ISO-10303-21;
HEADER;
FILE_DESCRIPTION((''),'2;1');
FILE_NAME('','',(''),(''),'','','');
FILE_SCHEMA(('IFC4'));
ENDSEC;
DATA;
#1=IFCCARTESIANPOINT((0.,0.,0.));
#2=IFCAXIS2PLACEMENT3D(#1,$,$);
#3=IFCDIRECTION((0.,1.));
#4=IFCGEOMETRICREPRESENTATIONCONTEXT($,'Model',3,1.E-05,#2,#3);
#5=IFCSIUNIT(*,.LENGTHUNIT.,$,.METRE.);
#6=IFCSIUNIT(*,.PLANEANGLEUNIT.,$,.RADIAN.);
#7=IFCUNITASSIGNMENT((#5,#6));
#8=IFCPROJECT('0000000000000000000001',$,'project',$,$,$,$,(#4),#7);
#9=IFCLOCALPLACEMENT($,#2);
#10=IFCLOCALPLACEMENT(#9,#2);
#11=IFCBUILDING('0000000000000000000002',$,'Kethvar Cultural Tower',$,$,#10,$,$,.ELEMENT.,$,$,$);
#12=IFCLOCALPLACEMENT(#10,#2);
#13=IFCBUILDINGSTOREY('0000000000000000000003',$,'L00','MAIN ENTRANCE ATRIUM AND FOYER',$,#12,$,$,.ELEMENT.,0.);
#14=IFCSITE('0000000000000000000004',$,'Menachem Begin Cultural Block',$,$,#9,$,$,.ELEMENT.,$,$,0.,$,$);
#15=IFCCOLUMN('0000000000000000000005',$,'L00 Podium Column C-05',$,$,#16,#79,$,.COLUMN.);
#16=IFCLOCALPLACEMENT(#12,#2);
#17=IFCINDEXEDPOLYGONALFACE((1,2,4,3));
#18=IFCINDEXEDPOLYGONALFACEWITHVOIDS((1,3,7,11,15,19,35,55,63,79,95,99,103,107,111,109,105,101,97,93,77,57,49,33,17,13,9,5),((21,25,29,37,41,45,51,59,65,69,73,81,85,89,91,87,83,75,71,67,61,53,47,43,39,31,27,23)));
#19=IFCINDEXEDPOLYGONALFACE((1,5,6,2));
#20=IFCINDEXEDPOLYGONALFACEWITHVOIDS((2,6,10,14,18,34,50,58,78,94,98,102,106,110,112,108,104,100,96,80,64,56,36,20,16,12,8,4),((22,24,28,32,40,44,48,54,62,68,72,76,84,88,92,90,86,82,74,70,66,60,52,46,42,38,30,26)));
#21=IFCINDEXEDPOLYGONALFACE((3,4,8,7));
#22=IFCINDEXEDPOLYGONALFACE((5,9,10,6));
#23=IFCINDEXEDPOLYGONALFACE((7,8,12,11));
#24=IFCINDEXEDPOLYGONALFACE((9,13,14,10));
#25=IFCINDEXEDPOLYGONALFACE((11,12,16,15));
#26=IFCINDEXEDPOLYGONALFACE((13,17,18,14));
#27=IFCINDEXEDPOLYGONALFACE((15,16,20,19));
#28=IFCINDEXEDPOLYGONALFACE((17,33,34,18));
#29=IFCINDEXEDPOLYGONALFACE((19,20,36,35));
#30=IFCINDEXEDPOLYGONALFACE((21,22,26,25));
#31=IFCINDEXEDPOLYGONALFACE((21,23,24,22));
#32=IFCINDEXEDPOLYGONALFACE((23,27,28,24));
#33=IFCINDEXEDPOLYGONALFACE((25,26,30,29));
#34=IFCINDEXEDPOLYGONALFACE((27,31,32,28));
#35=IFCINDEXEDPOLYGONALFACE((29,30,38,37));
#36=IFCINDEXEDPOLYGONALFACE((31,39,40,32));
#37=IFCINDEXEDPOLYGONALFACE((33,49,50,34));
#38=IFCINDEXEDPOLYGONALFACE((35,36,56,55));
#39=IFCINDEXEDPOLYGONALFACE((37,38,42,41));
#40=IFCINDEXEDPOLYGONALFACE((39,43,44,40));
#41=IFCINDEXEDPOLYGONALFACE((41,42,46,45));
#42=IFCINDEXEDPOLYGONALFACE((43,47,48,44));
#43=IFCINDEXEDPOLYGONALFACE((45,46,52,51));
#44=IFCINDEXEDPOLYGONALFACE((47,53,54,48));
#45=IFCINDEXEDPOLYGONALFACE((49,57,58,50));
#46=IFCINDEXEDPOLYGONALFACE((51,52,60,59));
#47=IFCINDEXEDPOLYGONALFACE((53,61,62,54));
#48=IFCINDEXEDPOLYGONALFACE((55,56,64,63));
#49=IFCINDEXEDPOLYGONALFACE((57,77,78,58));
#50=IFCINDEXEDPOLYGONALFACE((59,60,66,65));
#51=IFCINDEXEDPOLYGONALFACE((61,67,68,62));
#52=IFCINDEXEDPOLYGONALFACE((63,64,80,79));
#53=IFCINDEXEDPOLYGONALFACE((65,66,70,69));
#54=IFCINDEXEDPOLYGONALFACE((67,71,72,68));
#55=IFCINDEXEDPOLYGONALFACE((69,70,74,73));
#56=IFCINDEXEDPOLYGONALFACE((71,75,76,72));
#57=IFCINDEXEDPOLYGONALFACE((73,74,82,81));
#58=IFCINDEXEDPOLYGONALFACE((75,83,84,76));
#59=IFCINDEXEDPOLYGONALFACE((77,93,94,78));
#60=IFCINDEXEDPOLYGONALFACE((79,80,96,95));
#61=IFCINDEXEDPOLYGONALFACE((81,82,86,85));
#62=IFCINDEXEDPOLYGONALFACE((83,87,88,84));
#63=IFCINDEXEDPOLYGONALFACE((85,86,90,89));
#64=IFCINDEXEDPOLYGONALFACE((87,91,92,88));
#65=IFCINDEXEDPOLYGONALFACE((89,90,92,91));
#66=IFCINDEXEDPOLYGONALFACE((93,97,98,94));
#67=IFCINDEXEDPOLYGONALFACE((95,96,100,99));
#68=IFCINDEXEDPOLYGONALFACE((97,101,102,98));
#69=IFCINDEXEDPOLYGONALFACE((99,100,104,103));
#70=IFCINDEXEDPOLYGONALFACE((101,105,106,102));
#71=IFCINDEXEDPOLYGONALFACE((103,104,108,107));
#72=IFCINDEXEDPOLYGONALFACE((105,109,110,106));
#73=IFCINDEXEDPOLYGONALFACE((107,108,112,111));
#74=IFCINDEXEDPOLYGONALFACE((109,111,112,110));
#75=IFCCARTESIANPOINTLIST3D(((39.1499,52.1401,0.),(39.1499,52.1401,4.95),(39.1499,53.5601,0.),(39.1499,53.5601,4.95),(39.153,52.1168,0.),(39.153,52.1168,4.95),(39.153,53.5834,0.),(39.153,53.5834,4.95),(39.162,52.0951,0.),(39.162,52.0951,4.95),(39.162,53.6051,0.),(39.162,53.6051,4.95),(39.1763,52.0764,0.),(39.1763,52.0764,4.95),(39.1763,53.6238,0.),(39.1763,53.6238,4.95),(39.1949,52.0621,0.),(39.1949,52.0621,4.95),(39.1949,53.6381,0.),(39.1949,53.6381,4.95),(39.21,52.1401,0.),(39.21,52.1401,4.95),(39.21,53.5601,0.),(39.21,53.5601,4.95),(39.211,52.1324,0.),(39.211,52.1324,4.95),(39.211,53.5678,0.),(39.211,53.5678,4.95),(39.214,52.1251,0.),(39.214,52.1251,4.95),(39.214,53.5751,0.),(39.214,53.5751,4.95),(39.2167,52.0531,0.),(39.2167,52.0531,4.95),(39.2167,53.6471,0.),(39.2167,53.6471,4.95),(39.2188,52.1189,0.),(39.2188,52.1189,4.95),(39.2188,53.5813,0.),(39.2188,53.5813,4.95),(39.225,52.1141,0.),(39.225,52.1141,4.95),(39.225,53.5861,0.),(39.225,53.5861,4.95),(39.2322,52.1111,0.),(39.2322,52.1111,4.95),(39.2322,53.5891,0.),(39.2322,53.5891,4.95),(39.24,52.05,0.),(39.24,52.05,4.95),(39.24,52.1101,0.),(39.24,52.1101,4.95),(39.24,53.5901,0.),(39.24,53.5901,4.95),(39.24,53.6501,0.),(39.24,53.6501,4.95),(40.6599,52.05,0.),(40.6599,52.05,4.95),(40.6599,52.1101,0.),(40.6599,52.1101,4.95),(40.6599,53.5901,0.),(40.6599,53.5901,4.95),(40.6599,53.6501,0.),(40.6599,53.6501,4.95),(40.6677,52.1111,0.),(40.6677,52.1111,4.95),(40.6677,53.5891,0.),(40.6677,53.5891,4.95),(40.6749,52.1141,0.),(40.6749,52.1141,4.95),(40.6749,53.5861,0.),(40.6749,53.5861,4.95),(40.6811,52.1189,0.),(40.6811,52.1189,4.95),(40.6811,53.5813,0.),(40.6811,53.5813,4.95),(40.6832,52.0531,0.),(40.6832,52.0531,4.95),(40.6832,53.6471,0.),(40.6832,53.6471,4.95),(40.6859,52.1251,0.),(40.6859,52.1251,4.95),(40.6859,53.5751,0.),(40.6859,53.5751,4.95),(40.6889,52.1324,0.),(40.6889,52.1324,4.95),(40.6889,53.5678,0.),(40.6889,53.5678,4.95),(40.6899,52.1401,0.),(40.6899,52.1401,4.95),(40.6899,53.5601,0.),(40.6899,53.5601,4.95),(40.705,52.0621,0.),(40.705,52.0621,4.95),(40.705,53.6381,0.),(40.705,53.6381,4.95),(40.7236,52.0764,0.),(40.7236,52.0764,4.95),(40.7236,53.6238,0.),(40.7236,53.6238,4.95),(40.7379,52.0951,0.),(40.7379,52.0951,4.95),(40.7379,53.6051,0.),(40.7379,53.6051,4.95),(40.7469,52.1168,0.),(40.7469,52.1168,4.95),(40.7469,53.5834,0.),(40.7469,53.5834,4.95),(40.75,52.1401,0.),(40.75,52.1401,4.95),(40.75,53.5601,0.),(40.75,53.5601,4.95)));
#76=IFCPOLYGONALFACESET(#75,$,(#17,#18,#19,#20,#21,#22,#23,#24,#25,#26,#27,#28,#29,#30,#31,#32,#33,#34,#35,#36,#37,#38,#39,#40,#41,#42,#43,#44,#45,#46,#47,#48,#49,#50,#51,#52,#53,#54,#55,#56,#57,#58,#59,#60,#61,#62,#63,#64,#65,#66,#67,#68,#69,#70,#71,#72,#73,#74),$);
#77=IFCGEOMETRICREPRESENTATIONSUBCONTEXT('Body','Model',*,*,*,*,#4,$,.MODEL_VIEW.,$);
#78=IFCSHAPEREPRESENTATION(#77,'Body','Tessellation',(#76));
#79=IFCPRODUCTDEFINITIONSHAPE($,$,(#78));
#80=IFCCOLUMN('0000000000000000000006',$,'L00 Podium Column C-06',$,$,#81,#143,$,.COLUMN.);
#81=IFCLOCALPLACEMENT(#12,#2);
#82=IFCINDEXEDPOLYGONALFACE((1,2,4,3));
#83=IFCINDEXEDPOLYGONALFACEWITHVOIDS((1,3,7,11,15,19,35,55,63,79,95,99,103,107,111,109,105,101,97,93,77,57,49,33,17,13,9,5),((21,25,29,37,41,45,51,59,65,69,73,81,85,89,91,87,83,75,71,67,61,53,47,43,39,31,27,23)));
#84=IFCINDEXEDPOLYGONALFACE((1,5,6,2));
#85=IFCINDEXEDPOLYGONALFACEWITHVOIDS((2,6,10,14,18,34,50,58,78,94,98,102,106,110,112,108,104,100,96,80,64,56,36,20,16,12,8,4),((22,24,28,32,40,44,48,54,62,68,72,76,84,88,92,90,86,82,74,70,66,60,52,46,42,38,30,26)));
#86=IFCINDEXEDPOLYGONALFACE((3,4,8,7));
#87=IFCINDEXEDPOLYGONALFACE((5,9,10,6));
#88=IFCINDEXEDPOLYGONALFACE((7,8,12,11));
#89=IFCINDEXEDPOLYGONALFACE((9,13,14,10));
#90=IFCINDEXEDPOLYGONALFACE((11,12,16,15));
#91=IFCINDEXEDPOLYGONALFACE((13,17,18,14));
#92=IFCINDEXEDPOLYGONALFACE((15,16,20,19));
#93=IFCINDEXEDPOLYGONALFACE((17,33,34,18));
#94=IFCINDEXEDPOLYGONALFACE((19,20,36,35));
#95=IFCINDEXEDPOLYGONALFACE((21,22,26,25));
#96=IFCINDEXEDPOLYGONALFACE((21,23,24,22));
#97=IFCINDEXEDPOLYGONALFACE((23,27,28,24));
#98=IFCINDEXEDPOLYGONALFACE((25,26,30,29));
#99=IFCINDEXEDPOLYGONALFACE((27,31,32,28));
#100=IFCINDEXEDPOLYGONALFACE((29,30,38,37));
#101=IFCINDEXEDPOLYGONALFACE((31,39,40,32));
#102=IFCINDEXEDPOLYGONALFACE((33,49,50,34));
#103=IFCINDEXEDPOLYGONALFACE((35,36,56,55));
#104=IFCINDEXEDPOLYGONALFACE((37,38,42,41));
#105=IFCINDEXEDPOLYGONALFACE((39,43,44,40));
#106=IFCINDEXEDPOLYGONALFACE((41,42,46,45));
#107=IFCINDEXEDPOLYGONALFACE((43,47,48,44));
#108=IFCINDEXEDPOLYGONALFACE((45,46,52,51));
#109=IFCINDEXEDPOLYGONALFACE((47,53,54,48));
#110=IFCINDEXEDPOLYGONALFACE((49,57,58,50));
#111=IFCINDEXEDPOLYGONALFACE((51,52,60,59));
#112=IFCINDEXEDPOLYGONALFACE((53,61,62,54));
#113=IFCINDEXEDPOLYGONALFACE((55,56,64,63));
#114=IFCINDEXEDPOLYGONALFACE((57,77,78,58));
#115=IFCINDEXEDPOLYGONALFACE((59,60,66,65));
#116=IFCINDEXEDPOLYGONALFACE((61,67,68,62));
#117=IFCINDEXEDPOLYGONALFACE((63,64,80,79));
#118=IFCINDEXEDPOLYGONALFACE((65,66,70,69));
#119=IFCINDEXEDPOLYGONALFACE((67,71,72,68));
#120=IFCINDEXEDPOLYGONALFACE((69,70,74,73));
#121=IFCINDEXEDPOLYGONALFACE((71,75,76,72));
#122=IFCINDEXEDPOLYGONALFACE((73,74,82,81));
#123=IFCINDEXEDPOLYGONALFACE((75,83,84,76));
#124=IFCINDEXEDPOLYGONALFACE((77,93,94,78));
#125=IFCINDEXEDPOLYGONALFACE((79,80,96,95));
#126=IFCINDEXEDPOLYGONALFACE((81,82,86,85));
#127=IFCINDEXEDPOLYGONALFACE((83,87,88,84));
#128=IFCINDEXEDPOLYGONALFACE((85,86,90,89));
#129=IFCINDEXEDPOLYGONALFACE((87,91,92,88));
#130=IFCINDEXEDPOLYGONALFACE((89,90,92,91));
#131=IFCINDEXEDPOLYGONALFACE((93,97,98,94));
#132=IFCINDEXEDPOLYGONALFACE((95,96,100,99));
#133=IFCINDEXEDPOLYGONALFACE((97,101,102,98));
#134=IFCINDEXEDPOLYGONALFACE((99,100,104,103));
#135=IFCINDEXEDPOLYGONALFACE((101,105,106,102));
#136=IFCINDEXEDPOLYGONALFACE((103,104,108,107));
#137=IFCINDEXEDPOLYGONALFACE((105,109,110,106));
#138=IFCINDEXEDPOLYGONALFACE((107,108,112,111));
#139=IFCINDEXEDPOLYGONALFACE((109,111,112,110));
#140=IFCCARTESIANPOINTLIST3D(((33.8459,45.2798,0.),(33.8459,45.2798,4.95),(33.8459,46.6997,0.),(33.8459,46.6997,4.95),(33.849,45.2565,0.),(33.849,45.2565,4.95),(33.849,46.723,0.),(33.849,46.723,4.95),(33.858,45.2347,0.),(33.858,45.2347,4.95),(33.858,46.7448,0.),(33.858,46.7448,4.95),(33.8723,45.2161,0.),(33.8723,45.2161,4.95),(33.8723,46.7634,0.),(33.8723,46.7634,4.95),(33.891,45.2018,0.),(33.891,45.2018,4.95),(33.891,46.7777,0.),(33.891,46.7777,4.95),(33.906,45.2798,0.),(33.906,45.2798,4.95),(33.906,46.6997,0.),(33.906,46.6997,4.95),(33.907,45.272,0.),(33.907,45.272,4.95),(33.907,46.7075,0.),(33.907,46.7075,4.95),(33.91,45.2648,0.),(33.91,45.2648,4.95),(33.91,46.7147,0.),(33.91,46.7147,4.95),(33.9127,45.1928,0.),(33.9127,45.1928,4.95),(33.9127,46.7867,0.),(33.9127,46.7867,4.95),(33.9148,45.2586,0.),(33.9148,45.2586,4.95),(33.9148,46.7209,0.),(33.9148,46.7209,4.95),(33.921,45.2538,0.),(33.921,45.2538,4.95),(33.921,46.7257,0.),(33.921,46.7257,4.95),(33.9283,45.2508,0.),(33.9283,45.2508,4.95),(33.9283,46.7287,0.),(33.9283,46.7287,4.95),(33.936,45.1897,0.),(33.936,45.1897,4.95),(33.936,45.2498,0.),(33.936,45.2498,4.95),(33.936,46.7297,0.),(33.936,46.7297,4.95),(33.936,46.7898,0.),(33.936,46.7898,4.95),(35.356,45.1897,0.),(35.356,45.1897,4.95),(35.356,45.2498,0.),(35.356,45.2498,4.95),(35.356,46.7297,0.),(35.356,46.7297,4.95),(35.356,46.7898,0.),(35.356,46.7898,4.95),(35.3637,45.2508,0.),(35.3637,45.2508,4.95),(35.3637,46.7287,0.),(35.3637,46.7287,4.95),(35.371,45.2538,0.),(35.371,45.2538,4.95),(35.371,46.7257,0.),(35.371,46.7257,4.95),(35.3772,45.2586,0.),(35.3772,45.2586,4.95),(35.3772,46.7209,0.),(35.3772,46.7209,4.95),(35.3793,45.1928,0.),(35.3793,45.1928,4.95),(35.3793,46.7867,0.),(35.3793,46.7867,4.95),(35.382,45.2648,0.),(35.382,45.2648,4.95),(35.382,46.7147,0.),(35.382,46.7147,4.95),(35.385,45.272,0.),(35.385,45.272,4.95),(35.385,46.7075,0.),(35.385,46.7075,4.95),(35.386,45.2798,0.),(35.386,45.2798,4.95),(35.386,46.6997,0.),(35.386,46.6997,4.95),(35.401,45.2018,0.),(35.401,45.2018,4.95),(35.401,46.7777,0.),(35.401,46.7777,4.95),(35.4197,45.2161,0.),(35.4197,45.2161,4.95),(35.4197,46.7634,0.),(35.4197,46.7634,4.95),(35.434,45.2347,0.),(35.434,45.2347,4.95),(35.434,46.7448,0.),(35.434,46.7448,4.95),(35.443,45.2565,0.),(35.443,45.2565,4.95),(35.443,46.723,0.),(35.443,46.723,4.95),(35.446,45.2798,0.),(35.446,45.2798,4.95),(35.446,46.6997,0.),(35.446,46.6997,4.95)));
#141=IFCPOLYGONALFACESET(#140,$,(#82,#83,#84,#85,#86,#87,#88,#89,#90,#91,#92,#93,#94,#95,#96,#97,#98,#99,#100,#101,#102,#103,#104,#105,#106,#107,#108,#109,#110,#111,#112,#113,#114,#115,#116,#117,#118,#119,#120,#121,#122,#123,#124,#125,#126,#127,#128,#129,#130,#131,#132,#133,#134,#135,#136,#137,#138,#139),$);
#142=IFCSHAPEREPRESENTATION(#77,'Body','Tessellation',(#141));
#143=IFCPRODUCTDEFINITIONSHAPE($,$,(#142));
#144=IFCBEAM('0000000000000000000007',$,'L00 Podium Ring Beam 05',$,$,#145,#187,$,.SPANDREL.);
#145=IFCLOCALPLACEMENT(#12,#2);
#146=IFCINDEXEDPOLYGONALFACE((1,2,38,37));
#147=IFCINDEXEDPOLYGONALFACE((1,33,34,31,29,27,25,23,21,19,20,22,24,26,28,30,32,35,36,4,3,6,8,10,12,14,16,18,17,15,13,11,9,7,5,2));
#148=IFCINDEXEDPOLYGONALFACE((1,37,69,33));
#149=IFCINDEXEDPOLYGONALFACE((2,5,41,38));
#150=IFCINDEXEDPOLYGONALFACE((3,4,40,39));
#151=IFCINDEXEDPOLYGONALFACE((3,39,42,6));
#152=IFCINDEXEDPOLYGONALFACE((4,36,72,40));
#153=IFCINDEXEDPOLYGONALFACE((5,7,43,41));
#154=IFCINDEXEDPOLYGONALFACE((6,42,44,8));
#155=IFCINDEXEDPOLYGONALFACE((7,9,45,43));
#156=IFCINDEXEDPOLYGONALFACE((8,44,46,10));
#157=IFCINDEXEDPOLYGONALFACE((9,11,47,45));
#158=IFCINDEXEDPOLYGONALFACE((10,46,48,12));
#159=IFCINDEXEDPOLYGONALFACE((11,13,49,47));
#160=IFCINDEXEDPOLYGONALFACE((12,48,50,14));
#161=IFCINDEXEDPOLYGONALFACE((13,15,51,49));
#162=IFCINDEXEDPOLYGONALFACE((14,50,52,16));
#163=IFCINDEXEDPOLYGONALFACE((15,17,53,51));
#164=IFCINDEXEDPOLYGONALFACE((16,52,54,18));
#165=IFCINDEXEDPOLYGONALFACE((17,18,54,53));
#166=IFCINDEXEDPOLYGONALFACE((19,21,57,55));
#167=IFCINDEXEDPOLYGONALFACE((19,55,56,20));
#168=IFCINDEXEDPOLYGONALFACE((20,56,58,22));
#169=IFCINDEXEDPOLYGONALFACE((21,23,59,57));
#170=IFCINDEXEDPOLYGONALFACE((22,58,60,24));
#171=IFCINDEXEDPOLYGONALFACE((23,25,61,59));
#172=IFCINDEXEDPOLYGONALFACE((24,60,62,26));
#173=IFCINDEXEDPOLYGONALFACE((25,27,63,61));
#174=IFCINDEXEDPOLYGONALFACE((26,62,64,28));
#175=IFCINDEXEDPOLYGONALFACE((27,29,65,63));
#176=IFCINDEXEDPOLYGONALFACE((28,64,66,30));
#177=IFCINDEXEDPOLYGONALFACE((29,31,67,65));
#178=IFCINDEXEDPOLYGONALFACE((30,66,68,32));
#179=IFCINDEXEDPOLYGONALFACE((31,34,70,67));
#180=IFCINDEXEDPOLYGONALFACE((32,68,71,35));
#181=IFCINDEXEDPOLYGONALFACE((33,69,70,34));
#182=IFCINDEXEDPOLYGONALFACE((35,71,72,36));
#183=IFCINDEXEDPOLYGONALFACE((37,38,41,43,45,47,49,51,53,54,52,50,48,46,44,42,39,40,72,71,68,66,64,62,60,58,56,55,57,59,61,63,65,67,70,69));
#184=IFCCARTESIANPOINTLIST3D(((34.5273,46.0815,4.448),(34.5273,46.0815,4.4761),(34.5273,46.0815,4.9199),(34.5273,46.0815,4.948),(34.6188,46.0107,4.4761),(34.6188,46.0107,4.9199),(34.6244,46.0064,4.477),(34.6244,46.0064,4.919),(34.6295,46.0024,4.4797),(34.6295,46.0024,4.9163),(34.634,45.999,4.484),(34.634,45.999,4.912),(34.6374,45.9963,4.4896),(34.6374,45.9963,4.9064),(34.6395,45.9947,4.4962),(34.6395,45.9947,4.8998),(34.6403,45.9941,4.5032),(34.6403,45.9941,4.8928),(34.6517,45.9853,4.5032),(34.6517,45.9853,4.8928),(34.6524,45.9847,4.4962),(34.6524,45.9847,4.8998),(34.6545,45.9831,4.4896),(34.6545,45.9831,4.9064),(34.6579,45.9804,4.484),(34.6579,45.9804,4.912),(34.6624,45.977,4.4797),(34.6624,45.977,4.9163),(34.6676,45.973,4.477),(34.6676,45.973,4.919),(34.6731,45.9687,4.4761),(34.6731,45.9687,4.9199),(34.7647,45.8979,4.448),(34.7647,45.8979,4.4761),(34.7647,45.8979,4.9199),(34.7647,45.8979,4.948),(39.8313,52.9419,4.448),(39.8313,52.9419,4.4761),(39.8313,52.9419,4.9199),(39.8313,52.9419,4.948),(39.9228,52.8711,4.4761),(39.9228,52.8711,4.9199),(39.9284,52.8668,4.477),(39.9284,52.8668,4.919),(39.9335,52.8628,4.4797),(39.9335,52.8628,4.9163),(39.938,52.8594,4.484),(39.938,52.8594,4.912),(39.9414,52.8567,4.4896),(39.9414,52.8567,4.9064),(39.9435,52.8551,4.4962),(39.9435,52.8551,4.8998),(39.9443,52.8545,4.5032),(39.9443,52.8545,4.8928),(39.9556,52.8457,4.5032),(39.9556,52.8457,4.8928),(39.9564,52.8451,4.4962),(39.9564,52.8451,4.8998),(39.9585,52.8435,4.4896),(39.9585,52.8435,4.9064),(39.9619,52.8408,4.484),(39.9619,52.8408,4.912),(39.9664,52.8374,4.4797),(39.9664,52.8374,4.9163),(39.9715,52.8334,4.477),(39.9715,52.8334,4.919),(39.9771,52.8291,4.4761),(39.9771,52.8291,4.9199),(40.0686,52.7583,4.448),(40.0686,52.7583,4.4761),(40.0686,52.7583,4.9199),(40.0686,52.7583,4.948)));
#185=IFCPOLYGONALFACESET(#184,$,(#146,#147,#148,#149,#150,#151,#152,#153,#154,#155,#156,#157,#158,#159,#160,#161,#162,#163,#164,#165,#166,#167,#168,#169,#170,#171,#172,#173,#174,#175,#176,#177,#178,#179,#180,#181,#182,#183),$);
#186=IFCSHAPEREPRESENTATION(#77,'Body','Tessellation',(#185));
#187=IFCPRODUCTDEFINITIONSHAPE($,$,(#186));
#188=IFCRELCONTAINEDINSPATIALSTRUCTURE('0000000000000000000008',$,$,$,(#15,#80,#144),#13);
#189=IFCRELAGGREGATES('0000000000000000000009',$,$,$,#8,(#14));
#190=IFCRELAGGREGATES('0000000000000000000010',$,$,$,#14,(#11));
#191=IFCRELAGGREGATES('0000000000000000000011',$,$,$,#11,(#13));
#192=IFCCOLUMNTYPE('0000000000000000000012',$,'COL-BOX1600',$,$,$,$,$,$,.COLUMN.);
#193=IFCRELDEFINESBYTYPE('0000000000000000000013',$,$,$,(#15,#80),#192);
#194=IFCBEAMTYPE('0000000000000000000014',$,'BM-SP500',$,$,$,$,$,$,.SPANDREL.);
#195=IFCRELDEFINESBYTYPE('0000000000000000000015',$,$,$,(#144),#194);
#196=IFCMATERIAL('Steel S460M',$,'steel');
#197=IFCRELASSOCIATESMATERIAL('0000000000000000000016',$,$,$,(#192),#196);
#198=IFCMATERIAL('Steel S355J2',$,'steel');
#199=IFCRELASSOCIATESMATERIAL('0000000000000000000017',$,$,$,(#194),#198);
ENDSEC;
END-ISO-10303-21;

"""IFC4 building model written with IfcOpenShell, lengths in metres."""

from ifc_helpers import new_model, si_unit, direction, frame, origin, origin_2d, place, context, subcontext, project, spatial, hollow_rectangle, i_section, extrude, source, transform, mapped, material, material_profile, profile_set, type_object, element, save


model = new_model("IFC4")

# Units and contexts
model_context = context("Model", 3, precision=1e-05, world=origin(), true_north=direction((0.0, 1.0)))
body_context = subcontext(model_context, "Body", "Model", "MODEL_VIEW")
ifc_project = project(units=[si_unit("LENGTHUNIT", "METRE"), si_unit("PLANEANGLEUNIT", "RADIAN")], contexts=[model_context])

# Site, building, storey
site_placement = place(None, origin())
site = spatial("IfcSite", under=ifc_project, at=site_placement, Name="Menachem Begin Cultural Block", CompositionType="ELEMENT", RefElevation=0.0)
building_placement = place(site_placement, origin())
building = spatial("IfcBuilding", under=site, at=building_placement, Name="Kethvar Cultural Tower", CompositionType="ELEMENT")
storey_placement = place(building_placement, origin())
storey = spatial("IfcBuildingStorey", under=building, at=storey_placement, Name="L00", Description="MAIN ENTRANCE ATRIUM AND FOYER", CompositionType="ELEMENT", Elevation=0.0)

# Columns
ifc_material_1 = material(Name="Steel S460M", Category="steel")
ifc_material_profile_1 = material_profile(ifc_material_1, hollow_rectangle(XDim=1.6001, YDim=1.6001, WallThickness=0.0601, InnerFilletRadius=0.03, OuterFilletRadius=0.0901, at=origin_2d()), Name="Steel S460M — BOX1600x1600x60")
ifc_profile_set_1 = profile_set([ifc_material_profile_1], Name="Steel S460M — BOX1600x1600x60")
column_type = type_object("IfcColumnType", Name="COL-BOX1600", PredefinedType="COLUMN", material=ifc_profile_set_1)
shared_shape_1 = source(origin(), body_context, "Body", "SweptSolid", [
    extrude(hollow_rectangle(XDim=1.6001, YDim=1.6001, WallThickness=0.0601, InnerFilletRadius=0.03, OuterFilletRadius=0.0901, at=origin_2d()), origin(), (0.0, 0.0, 1.0), 4.95),
])
for number, where, z_axis, x_axis, name in (
    (1, (39.95, 52.8501, 0.0), (0.0, 0.0, 1.0), (1.0, 0.0, 0.0), "L00 Podium Column C-05"),
    (2, (34.646, 45.9897, 0.0), (0.0, 0.0, 1.0), (1.0, 0.0, 0.0), "L00 Podium Column C-06"),
):
    element("IfcColumn", number, at=place(storey_placement, frame(where, z_axis=z_axis, x_axis=x_axis)), inside=storey, type_object=column_type, Name=name, PredefinedType="COLUMN", context=body_context, shape_type="MappedRepresentation", body=[
        mapped(shared_shape_1, transform((0.0, 0.0, 0.0), scale=1.0)),
    ])

# Beam
ifc_material_2 = material(Name="Steel S355J2", Category="steel")
ifc_material_profile_2 = material_profile(ifc_material_2, i_section(OverallWidth=0.3, OverallDepth=0.5, WebThickness=0.0144, FlangeThickness=0.0281, FilletRadius=0.0271, at=origin_2d()), Name="Steel S355J2 — HEB500")
ifc_profile_set_2 = profile_set([ifc_material_profile_2], Name="Steel S355J2 — HEB500")
beam_type_1 = type_object("IfcBeamType", Name="BM-SP500", PredefinedType="SPANDREL", material=ifc_profile_set_2)
shared_shape_2 = source(origin(), body_context, "Body", "SweptSolid", [
    extrude(i_section(OverallWidth=0.3, OverallDepth=0.5, WebThickness=0.0144, FlangeThickness=0.0281, FilletRadius=0.0271, at=origin_2d()), origin(), (0.0, 0.0, 1.0), 8.6716),
])
beam_1_placement = place(storey_placement, frame((39.95, 52.8501, 4.698), z_axis=(-0.611648, -0.79113, 0.0), x_axis=(0.79113, -0.611648, 0.0)))
element("IfcBeam", 3, at=beam_1_placement, inside=storey, type_object=beam_type_1, Name="L00 Podium Ring Beam 05", PredefinedType="SPANDREL", context=body_context, shape_type="MappedRepresentation", body=[
    mapped(shared_shape_2, transform((0.0, 0.0, 0.0), scale=1.0)),
])

save(model, "model.ifc")
